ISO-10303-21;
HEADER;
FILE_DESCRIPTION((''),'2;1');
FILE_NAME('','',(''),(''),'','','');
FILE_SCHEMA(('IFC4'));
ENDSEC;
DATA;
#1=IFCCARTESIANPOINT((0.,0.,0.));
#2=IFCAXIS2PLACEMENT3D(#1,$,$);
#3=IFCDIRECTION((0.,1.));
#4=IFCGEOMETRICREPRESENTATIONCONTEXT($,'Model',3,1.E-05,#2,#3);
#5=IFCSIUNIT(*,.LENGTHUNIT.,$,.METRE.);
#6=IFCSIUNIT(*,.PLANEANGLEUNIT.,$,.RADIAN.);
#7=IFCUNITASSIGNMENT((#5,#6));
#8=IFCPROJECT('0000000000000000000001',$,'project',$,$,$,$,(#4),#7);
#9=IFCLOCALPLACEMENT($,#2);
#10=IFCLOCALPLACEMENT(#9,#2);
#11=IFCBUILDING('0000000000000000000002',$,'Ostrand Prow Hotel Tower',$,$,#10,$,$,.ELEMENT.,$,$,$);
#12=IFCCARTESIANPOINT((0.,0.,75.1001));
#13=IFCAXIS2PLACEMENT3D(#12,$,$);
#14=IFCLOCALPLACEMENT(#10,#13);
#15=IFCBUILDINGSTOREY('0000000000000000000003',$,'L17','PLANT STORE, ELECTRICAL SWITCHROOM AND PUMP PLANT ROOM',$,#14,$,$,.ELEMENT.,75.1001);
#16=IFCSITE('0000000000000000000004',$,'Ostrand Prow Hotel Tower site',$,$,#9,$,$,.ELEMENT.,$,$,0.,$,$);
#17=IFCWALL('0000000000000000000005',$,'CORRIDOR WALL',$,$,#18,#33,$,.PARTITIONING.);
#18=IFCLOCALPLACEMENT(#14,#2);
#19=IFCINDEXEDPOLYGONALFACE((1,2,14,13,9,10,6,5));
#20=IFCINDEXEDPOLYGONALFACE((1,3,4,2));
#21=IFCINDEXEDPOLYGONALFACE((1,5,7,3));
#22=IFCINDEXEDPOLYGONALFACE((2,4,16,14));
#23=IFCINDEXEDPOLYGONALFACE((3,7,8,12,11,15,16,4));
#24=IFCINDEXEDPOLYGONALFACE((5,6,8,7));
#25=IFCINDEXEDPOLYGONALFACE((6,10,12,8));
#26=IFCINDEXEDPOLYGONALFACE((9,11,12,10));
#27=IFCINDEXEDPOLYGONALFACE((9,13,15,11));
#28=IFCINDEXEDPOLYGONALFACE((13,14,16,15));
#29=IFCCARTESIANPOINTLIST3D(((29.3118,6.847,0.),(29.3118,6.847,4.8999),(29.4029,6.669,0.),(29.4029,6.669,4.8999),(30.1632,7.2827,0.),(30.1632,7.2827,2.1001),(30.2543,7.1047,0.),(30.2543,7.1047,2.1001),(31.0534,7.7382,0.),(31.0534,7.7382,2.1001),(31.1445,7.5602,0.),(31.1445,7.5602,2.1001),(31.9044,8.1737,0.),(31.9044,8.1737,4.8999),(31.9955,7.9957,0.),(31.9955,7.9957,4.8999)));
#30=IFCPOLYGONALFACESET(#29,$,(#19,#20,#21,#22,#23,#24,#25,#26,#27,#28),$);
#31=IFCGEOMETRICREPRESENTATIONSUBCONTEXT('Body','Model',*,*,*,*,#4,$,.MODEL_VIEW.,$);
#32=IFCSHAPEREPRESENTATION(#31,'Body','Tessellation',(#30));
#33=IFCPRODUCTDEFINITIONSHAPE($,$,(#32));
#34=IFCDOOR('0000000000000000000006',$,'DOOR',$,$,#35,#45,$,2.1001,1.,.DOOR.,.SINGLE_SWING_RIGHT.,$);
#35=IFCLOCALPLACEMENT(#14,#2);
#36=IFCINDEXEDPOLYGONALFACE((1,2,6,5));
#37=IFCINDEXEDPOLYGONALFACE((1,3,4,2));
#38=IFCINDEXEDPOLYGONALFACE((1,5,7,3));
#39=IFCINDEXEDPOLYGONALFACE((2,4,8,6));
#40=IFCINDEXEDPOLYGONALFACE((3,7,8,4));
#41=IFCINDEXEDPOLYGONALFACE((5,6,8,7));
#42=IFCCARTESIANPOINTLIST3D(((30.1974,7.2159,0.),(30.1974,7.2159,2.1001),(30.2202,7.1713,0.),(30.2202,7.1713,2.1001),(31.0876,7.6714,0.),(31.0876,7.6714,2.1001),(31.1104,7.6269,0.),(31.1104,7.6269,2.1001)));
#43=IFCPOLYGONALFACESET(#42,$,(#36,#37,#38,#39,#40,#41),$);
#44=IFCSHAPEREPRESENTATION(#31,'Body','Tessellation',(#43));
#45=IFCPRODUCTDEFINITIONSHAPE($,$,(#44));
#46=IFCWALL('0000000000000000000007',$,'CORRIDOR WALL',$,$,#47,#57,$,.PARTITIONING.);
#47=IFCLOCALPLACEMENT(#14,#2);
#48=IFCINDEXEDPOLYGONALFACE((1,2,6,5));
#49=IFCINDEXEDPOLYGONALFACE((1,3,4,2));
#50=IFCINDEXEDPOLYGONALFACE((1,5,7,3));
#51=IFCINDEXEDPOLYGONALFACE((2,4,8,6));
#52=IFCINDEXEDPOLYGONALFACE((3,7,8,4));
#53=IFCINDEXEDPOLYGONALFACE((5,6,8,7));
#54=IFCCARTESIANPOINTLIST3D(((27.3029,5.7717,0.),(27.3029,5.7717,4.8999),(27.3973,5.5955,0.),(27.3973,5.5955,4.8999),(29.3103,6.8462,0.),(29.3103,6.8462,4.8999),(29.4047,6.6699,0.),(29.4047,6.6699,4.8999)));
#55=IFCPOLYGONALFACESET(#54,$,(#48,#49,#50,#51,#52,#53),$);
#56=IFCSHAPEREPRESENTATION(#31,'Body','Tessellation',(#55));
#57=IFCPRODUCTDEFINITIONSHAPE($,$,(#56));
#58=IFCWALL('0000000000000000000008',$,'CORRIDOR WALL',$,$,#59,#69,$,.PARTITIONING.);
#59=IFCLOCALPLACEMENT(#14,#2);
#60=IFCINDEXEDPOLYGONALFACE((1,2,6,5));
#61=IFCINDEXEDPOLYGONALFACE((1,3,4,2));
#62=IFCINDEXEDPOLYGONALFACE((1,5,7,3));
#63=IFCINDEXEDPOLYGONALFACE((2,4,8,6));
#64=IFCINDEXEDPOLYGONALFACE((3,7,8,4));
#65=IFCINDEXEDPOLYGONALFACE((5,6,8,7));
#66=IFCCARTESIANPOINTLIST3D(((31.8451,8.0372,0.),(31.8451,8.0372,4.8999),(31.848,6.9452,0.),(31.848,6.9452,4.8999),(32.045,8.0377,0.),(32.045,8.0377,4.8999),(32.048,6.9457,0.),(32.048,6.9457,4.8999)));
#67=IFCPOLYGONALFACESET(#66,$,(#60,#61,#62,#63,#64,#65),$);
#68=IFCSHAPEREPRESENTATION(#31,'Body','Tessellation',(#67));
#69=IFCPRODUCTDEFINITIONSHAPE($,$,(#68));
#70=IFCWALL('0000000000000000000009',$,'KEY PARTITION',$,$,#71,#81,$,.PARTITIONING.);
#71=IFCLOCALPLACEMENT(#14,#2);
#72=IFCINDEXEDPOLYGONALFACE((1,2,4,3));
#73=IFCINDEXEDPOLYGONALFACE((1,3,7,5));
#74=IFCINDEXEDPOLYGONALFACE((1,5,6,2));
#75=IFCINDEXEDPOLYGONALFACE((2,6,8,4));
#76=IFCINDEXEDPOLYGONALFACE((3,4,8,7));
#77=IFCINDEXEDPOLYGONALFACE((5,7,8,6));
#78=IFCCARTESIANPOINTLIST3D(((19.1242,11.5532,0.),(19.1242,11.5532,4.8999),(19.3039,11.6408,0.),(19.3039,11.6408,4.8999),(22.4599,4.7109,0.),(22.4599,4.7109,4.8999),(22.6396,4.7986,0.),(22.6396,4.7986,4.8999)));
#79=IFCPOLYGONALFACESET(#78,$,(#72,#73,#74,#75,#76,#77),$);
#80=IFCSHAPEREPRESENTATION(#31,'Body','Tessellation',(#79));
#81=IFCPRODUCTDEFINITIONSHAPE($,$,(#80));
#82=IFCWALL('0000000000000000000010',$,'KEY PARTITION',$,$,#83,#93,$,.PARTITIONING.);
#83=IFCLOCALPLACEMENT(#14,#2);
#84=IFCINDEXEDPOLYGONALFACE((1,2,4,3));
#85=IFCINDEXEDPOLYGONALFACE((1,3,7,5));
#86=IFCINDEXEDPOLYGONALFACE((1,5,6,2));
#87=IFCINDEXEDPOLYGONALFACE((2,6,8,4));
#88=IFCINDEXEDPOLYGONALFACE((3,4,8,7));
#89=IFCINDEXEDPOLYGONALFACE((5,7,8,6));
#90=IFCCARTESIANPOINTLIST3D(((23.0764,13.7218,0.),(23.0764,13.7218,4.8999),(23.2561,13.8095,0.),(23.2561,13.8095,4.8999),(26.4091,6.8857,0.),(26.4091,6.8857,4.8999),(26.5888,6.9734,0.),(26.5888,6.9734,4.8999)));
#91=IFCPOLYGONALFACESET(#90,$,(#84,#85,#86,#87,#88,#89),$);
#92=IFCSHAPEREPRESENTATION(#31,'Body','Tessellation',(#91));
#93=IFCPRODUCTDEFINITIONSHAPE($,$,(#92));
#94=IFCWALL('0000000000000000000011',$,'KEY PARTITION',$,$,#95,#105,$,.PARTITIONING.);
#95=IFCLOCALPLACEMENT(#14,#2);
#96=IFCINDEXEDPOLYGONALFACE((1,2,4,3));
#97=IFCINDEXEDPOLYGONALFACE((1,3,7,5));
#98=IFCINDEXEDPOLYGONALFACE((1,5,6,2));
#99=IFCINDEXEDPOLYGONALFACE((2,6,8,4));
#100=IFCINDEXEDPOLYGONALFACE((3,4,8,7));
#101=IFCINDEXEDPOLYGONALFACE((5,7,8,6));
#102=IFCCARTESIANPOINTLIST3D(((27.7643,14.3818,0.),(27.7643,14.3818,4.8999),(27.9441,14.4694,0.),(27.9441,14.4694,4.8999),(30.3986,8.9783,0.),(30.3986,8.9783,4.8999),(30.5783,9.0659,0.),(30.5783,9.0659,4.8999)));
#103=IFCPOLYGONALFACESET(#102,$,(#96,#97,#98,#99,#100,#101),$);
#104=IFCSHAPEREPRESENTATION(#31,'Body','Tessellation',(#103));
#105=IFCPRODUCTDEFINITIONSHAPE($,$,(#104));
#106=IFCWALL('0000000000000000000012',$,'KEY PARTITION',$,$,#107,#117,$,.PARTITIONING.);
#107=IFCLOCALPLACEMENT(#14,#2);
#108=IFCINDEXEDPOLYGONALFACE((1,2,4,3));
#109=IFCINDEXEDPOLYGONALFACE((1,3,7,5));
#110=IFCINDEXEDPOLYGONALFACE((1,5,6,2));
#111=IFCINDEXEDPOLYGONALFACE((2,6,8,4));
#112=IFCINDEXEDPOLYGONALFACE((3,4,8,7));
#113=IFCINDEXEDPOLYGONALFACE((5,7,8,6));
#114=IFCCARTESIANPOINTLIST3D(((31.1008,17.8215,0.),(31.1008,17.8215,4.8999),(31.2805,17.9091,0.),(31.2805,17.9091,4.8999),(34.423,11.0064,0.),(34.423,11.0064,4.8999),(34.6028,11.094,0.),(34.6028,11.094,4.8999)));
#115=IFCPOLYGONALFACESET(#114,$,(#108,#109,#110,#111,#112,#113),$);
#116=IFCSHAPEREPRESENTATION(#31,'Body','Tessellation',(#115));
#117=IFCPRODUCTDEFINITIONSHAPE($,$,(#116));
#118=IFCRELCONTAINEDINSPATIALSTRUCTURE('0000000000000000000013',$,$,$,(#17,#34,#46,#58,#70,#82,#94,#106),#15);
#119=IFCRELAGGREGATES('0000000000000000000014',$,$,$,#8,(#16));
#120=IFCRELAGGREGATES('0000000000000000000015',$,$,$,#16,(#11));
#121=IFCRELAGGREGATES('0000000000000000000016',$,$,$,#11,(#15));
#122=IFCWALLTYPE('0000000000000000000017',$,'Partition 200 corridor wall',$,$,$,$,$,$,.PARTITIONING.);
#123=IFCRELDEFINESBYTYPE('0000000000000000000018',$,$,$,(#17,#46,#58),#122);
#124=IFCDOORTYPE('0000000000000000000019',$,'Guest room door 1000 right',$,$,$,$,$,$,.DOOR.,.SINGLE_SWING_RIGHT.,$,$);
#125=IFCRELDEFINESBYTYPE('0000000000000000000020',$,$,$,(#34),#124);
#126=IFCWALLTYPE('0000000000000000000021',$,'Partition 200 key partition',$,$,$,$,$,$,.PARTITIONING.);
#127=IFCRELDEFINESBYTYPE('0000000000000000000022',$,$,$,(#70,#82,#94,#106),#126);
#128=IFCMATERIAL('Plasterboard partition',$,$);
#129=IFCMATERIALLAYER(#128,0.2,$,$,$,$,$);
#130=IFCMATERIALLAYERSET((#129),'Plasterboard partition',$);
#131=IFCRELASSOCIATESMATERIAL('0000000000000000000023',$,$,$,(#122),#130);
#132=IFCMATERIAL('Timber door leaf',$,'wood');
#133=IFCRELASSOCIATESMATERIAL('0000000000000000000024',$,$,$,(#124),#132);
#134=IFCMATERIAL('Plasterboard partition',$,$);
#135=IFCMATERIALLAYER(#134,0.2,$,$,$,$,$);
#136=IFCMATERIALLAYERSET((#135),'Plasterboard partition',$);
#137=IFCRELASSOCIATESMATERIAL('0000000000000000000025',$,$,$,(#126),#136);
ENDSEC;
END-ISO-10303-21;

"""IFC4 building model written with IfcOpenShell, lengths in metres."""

from ifc_helpers import new_model, si_unit, direction, frame, frame_2d, origin, place, context, subcontext, project, spatial, rectangle, extrude, material, layer, layer_set, type_object, element, fill, save


model = new_model("IFC4")

# Units and contexts
model_context = context("Model", 3, precision=1e-05, world=origin(), true_north=direction((0.0, 1.0)))
body_context = subcontext(model_context, "Body", "Model", "MODEL_VIEW")
ifc_project = project(units=[si_unit("LENGTHUNIT", "METRE"), si_unit("PLANEANGLEUNIT", "RADIAN")], contexts=[model_context])

# Site, building, storey
site_placement = place(None, origin())
site = spatial("IfcSite", under=ifc_project, at=site_placement, Name="Ostrand Prow Hotel Tower site", CompositionType="ELEMENT", RefElevation=0.0)
building_placement = place(site_placement, origin())
building = spatial("IfcBuilding", under=site, at=building_placement, Name="Ostrand Prow Hotel Tower", CompositionType="ELEMENT")
storey_placement = place(building_placement, frame((0.0, 0.0, 75.1001)))
storey = spatial("IfcBuildingStorey", under=building, at=storey_placement, Name="L17", Description="PLANT STORE, ELECTRICAL SWITCHROOM AND PUMP PLANT ROOM", CompositionType="ELEMENT", Elevation=75.1001)

# Shared definitions
ifc_material_1 = material(Name="Plasterboard partition")
ifc_layer_1 = layer(ifc_material_1, 0.2)
ifc_layer_set_1 = layer_set([ifc_layer_1], Name="Plasterboard partition")
wall_type_1 = type_object("IfcWallType", Name="Partition 200 corridor wall", PredefinedType="PARTITIONING", material=ifc_layer_set_1)
ifc_material_2 = material(Name="Timber door leaf", Category="wood")
door_type_1 = type_object("IfcDoorType", Name="Guest room door 1000 right", OperationType="SINGLE_SWING_RIGHT", PredefinedType="DOOR", material=ifc_material_2)

# Wall, opening, door
wall_1_placement = place(storey_placement, frame((29.3574, 6.7581, 0.0), z_axis=(0.0, 0.0, 1.0), x_axis=(0.890213, 0.455544, 0.0)))
wall_1 = element("IfcWall", 1, at=wall_1_placement, inside=storey, type_object=wall_type_1, Name="CORRIDOR WALL", PredefinedType="PARTITIONING", context=body_context, shape_type="SweptSolid", body=[
    extrude(rectangle(XDim=2.9124, YDim=0.2, at=frame_2d((1.4561, 0.0))), origin(), (0.0, 0.0, 1.0), 4.8999),
])
opening_1_placement = place(wall_1_placement, frame((0.9563, 0.0, 0.0)))
opening_1 = element("IfcOpeningElement", 2, at=opening_1_placement, cuts=wall_1, PredefinedType="OPENING", context=body_context, shape_type="SweptSolid", body=[
    extrude(rectangle(XDim=1.0, YDim=2.1001, at=frame_2d((0.5, 1.05))), frame((0.0, 0.1099, 0.0), z_axis=(0.0, -1.0, 0.0), x_axis=(1.0, 0.0, 0.0)), (0.0, 0.0, 1.0), 0.22),
])
door_1_placement = place(opening_1_placement, origin())
door_1 = element("IfcDoor", 3, at=door_1_placement, inside=storey, type_object=door_type_1, Name="DOOR", OperationType="SINGLE_SWING_RIGHT", OverallHeight=2.1001, OverallWidth=1.0, PredefinedType="DOOR", context=body_context, shape_type="SweptSolid", body=[
    extrude(rectangle(XDim=1.0, YDim=2.1001, at=frame_2d((0.5, 1.05))), frame((0.0, 0.0249, 0.0), z_axis=(0.0, -1.0, 0.0), x_axis=(1.0, 0.0, 0.0)), (0.0, 0.0, 1.0), 0.05),
])
fill(opening_1, door_1)

# Walls
wall_2_placement = place(storey_placement, frame((27.3501, 5.6836, 0.0), z_axis=(0.0, 0.0, 1.0), x_axis=(0.881643, 0.471918, 0.0)))
element("IfcWall", 4, at=wall_2_placement, inside=storey, type_object=wall_type_1, Name="CORRIDOR WALL", PredefinedType="PARTITIONING", context=body_context, shape_type="SweptSolid", body=[
    extrude(rectangle(XDim=2.2769, YDim=0.2, at=frame_2d((1.1384, 0.0))), origin(), (0.0, 0.0, 1.0), 4.8999),
])
wall_3_placement = place(storey_placement, frame((31.9451, 8.0374, 0.0), z_axis=(0.0, 0.0, 1.0), x_axis=(0.002683, -0.999996, 0.0)))
element("IfcWall", 5, at=wall_3_placement, inside=storey, type_object=wall_type_1, Name="CORRIDOR WALL", PredefinedType="PARTITIONING", context=body_context, shape_type="SweptSolid", body=[
    extrude(rectangle(XDim=1.092, YDim=0.2, at=frame_2d((0.5459, 0.0))), origin(), (0.0, 0.0, 1.0), 4.8999),
])
ifc_material_3 = material(Name="Plasterboard partition")
ifc_layer_2 = layer(ifc_material_3, 0.2)
ifc_layer_set_2 = layer_set([ifc_layer_2], Name="Plasterboard partition")
wall_type_2 = type_object("IfcWallType", Name="Partition 200 key partition", PredefinedType="PARTITIONING", material=ifc_layer_set_2)
wall_4_placement = place(storey_placement, frame((22.5498, 4.7546, 0.0), z_axis=(0.0, 0.0, 1.0), x_axis=(-0.438211, 0.898872, 0.0)))
element("IfcWall", 6, at=wall_4_placement, inside=storey, type_object=wall_type_2, Name="KEY PARTITION", PredefinedType="PARTITIONING", context=body_context, shape_type="SweptSolid", body=[
    extrude(rectangle(XDim=7.6121, YDim=0.2, at=frame_2d((3.8062, 0.0))), origin(), (0.0, 0.0, 1.0), 4.8999),
])
wall_5_placement = place(storey_placement, frame((26.499, 6.9294, 0.0), z_axis=(0.0, 0.0, 1.0), x_axis=(-0.438216, 0.89887, 0.0)))
element("IfcWall", 7, at=wall_5_placement, inside=storey, type_object=wall_type_2, Name="KEY PARTITION", PredefinedType="PARTITIONING", context=body_context, shape_type="SweptSolid", body=[
    extrude(rectangle(XDim=7.6052, YDim=0.2, at=frame_2d((3.8027, 0.0))), origin(), (0.0, 0.0, 1.0), 4.8999),
])
wall_6_placement = place(storey_placement, frame((30.4885, 9.022, 0.0), z_axis=(0.0, 0.0, 1.0), x_axis=(-0.438208, 0.898874, 0.0)))
element("IfcWall", 8, at=wall_6_placement, inside=storey, type_object=wall_type_2, Name="KEY PARTITION", PredefinedType="PARTITIONING", context=body_context, shape_type="SweptSolid", body=[
    extrude(rectangle(XDim=6.0115, YDim=0.2, at=frame_2d((3.0059, 0.0))), origin(), (0.0, 0.0, 1.0), 4.8999),
])
wall_7_placement = place(storey_placement, frame((34.5129, 11.05, 0.0), z_axis=(0.0, 0.0, 1.0), x_axis=(-0.438188, 0.898884, 0.0)))
element("IfcWall", 9, at=wall_7_placement, inside=storey, type_object=wall_type_2, Name="KEY PARTITION", PredefinedType="PARTITIONING", context=body_context, shape_type="SweptSolid", body=[
    extrude(rectangle(XDim=7.5818, YDim=0.2, at=frame_2d((3.791, 0.0))), origin(), (0.0, 0.0, 1.0), 4.8999),
])

save(model, "model.ifc")
